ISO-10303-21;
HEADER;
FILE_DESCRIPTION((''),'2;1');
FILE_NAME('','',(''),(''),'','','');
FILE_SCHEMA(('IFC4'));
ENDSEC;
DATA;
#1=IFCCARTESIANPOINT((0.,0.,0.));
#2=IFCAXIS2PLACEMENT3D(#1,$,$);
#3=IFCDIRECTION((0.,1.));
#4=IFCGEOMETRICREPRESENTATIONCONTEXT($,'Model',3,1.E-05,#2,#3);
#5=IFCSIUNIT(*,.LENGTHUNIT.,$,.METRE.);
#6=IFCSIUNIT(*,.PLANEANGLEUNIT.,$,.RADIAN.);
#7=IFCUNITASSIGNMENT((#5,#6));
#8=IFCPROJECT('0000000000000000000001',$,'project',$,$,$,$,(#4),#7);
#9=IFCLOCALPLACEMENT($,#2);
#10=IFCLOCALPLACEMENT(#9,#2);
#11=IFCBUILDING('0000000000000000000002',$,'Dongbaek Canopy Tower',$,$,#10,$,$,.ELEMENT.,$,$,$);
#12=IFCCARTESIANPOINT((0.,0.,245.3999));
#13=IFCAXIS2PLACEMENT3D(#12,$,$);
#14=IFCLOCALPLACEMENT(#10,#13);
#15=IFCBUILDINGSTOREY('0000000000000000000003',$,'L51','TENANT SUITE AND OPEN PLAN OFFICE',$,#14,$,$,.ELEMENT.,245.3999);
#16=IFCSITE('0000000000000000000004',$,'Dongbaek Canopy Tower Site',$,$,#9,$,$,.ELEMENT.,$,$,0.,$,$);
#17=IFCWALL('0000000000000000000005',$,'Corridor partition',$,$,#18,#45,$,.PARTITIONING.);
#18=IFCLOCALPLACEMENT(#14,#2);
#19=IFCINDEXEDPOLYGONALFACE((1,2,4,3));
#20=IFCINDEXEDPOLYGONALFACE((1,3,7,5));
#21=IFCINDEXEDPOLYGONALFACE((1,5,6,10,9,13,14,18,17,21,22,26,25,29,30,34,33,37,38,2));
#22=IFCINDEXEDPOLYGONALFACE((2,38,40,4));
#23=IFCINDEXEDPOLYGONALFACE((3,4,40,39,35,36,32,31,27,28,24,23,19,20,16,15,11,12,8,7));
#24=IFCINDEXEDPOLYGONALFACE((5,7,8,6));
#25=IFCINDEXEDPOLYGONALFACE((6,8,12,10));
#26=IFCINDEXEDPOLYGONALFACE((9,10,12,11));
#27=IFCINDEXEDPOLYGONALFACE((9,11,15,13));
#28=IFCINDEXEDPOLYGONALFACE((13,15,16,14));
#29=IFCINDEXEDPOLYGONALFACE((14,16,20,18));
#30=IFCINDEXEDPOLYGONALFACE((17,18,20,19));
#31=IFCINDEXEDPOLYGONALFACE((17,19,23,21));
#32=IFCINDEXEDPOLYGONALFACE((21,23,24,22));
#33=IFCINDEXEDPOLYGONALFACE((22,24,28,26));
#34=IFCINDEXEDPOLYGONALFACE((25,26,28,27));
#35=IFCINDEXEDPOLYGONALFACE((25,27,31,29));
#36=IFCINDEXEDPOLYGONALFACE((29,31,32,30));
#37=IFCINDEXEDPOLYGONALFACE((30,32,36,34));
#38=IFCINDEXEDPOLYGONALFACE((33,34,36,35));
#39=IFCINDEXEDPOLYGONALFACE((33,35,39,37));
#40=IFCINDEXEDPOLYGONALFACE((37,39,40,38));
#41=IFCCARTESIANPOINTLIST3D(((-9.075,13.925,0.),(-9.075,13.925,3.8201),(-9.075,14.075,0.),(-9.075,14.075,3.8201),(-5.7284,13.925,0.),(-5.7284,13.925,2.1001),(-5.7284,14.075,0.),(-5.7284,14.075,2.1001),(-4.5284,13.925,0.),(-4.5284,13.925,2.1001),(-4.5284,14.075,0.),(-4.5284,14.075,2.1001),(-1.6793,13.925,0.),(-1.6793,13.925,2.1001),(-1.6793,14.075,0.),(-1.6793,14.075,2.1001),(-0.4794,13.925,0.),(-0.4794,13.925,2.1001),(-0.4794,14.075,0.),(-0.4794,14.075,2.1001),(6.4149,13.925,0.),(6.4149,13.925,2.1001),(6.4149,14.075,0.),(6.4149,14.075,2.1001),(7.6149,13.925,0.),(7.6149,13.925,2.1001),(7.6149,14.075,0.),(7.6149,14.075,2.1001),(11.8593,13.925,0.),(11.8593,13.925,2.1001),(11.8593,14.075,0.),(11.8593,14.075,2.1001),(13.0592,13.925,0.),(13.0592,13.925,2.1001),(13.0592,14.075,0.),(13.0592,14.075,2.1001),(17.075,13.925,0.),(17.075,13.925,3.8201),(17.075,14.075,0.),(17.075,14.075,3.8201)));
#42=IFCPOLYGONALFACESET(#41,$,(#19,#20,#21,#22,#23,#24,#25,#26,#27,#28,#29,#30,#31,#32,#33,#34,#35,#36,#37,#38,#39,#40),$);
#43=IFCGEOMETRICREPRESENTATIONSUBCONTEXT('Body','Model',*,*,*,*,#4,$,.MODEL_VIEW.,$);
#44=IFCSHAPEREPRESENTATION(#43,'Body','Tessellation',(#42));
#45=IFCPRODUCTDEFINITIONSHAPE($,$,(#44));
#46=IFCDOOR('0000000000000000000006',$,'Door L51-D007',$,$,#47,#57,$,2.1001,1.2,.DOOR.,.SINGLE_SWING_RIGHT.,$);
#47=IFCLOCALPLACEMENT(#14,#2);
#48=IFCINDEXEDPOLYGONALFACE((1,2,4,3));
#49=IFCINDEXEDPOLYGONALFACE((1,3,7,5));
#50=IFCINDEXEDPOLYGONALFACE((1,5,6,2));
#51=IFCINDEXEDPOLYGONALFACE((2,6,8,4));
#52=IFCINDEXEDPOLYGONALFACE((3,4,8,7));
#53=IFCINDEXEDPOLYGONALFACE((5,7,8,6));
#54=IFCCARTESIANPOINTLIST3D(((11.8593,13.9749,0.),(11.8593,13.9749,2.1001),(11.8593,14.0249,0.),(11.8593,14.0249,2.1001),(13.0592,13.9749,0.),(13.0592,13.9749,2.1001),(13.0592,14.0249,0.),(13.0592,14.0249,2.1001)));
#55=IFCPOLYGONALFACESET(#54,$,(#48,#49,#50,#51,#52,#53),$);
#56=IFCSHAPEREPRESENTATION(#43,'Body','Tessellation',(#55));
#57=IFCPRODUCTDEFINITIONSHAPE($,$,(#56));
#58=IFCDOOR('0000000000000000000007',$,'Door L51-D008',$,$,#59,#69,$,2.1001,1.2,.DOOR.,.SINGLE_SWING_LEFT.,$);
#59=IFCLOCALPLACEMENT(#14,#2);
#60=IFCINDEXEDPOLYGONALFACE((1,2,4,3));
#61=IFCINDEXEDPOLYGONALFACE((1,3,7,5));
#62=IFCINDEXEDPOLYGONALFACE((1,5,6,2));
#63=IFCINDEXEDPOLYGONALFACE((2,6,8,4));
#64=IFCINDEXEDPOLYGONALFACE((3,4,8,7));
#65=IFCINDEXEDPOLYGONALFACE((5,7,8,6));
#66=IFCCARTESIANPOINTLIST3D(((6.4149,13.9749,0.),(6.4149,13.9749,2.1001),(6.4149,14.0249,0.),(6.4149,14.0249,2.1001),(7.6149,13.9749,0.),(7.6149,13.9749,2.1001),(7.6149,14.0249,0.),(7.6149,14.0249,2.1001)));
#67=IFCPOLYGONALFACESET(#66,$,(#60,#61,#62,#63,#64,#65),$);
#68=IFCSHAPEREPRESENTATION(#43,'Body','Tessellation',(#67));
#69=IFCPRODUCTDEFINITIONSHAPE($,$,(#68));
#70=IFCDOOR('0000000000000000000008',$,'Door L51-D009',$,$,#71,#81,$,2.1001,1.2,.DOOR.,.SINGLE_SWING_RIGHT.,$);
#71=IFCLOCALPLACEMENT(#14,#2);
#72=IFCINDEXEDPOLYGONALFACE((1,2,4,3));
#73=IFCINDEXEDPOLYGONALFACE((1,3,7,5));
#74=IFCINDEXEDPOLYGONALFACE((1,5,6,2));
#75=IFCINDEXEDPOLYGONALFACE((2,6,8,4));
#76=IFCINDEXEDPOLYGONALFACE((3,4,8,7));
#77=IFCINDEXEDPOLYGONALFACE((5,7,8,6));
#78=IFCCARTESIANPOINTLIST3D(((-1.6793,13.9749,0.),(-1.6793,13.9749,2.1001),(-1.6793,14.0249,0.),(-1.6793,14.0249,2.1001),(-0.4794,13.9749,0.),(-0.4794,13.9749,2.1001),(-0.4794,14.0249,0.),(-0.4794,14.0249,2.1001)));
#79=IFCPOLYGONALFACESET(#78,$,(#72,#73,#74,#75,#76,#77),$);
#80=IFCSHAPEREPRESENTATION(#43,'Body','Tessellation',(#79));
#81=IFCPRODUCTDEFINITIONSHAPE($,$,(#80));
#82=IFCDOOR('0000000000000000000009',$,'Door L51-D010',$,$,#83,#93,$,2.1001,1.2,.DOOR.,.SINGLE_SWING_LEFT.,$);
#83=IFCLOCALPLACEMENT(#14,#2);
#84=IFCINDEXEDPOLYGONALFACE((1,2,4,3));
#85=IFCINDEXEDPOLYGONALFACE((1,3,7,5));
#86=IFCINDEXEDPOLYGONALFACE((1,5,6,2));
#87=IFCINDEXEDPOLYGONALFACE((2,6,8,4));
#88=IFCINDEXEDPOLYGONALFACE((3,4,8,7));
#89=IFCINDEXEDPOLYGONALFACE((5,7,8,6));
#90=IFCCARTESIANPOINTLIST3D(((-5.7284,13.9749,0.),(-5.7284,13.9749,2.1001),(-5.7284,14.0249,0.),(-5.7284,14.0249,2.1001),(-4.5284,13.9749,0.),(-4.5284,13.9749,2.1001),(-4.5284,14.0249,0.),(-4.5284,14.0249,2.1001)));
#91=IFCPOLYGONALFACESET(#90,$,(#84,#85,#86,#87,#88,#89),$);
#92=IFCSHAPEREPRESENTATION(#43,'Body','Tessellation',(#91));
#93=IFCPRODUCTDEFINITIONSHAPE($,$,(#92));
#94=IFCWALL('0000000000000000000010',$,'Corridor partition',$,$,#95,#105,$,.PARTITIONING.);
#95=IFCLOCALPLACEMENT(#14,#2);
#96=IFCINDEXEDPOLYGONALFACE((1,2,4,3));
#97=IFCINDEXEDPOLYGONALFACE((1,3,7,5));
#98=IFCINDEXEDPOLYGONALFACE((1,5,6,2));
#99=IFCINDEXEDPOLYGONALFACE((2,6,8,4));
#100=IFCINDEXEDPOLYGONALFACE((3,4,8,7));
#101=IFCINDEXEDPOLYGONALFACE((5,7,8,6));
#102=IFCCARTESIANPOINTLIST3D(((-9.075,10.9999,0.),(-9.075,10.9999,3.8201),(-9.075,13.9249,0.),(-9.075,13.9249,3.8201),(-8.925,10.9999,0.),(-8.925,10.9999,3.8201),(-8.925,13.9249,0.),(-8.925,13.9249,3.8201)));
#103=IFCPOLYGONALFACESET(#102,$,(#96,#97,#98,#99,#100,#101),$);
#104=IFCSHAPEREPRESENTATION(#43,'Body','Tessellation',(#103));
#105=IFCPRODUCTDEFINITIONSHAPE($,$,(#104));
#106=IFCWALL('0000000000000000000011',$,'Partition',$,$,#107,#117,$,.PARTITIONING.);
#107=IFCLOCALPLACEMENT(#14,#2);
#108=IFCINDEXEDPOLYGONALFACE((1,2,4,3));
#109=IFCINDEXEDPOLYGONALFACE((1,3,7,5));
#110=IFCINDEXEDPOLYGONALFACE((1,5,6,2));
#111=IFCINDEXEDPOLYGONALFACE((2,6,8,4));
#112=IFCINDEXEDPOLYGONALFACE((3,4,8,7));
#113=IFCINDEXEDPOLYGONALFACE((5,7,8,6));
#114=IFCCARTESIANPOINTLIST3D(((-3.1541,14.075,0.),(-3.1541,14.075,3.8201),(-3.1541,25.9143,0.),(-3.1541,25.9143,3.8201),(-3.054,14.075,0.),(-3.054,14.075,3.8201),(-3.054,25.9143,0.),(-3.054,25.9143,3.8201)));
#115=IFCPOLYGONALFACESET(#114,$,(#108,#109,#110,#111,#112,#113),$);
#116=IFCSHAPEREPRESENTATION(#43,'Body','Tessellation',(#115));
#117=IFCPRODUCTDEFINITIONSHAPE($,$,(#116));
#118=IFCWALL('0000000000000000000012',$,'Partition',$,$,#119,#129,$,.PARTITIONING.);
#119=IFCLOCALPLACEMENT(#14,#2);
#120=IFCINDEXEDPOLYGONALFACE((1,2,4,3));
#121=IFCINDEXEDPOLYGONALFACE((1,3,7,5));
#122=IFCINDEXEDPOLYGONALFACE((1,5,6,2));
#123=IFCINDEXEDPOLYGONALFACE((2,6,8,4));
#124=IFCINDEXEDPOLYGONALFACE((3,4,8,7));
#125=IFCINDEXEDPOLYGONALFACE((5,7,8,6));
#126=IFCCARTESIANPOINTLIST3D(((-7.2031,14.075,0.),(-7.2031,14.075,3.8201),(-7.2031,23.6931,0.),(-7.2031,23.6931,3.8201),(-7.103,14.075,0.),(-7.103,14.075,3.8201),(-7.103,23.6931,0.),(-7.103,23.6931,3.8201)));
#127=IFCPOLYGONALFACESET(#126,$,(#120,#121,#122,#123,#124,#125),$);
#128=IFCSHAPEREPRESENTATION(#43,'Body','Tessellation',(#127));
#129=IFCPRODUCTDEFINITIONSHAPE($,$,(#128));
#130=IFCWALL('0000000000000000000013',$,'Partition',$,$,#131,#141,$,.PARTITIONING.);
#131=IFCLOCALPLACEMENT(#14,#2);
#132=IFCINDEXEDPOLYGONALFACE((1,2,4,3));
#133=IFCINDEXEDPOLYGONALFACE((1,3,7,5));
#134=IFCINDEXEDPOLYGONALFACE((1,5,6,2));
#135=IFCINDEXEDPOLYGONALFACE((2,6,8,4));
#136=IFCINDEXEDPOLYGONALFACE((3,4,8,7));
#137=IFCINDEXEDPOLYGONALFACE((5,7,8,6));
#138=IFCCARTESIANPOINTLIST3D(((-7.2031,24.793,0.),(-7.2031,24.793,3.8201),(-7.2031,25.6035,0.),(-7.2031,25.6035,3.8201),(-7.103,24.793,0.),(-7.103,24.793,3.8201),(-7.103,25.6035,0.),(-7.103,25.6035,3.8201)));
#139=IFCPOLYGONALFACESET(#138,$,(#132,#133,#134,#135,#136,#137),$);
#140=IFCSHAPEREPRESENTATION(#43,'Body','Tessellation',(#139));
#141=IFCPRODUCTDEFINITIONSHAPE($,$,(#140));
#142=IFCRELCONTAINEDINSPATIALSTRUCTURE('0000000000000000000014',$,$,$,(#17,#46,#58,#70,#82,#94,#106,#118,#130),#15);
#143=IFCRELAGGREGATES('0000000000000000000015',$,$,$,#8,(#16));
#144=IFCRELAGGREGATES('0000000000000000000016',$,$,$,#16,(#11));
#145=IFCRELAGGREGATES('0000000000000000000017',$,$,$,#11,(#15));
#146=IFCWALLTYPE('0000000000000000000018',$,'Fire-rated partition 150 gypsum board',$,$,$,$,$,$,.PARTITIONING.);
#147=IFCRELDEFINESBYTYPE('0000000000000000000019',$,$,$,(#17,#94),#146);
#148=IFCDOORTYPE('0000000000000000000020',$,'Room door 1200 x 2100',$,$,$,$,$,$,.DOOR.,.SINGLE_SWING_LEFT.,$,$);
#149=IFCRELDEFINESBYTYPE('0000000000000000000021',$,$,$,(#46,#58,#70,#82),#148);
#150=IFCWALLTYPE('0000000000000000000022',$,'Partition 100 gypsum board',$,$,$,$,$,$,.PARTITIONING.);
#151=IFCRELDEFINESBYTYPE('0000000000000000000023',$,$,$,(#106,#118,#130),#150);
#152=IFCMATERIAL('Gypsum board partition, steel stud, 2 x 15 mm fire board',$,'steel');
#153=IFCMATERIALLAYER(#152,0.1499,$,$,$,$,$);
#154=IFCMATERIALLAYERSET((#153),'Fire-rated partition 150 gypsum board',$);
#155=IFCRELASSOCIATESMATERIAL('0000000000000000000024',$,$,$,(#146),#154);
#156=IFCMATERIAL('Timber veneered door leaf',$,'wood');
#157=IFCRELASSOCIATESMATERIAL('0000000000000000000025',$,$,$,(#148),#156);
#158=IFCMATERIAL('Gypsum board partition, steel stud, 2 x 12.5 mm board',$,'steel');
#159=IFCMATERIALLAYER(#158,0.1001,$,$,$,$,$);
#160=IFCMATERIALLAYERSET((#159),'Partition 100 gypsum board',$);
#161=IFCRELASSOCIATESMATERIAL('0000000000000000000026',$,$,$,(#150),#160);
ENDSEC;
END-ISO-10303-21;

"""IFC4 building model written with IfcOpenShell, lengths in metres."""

from ifc_helpers import new_model, si_unit, direction, frame, frame_2d, origin, place, context, subcontext, project, spatial, rectangle, extrude, material, layer, layer_set, type_object, element, fill, save


model = new_model("IFC4")

# Units and contexts
model_context = context("Model", 3, precision=1e-05, world=origin(), true_north=direction((0.0, 1.0)))
body_context = subcontext(model_context, "Body", "Model", "MODEL_VIEW")
ifc_project = project(units=[si_unit("LENGTHUNIT", "METRE"), si_unit("PLANEANGLEUNIT", "RADIAN")], contexts=[model_context])

# Site, building, storey
site_placement = place(None, origin())
site = spatial("IfcSite", under=ifc_project, at=site_placement, Name="Dongbaek Canopy Tower Site", CompositionType="ELEMENT", RefElevation=0.0)
building_placement = place(site_placement, origin())
building = spatial("IfcBuilding", under=site, at=building_placement, Name="Dongbaek Canopy Tower", CompositionType="ELEMENT")
storey_placement = place(building_placement, frame((0.0, 0.0, 245.3999)))
storey = spatial("IfcBuildingStorey", under=building, at=storey_placement, Name="L51", Description="TENANT SUITE AND OPEN PLAN OFFICE", CompositionType="ELEMENT", Elevation=245.3999)

# Wall, openings, doors
ifc_material_1 = material(Name="Gypsum board partition, steel stud, 2 x 15 mm fire board", Category="steel")
ifc_layer_1 = layer(ifc_material_1, 0.1499)
ifc_layer_set_1 = layer_set([ifc_layer_1], Name="Fire-rated partition 150 gypsum board")
wall_type_1 = type_object("IfcWallType", Name="Fire-rated partition 150 gypsum board", PredefinedType="PARTITIONING", material=ifc_layer_set_1)
wall_1_placement = place(storey_placement, frame((-9.075, 14.0, 0.0), z_axis=(0.0, 0.0, 1.0), x_axis=(1.0, 0.0, 0.0)))
wall_1 = element("IfcWall", 1, at=wall_1_placement, inside=storey, type_object=wall_type_1, Name="Corridor partition", PredefinedType="PARTITIONING", context=body_context, shape_type="SweptSolid", body=[
    extrude(rectangle(XDim=26.1499, YDim=0.1499, at=frame_2d((13.075, 0.0))), origin(), (0.0, 0.0, 1.0), 3.8201),
])
opening_1_placement = place(wall_1_placement, frame((20.9341, 0.0, 0.0)))
opening_1 = element("IfcOpeningElement", 2, at=opening_1_placement, cuts=wall_1, PredefinedType="OPENING", context=body_context, shape_type="SweptSolid", body=[
    extrude(rectangle(XDim=1.2, YDim=2.1001, at=frame_2d((0.6001, 1.05))), frame((0.0, 0.085, 0.0), z_axis=(0.0, -1.0, 0.0), x_axis=(1.0, 0.0, 0.0)), (0.0, 0.0, 1.0), 0.1699),
])
opening_2_placement = place(wall_1_placement, frame((15.4897, 0.0, 0.0)))
opening_2 = element("IfcOpeningElement", 3, at=opening_2_placement, cuts=wall_1, PredefinedType="OPENING", context=body_context, shape_type="SweptSolid", body=[
    extrude(rectangle(XDim=1.2, YDim=2.1001, at=frame_2d((0.6001, 1.05))), frame((0.0, 0.085, 0.0), z_axis=(0.0, -1.0, 0.0), x_axis=(1.0, 0.0, 0.0)), (0.0, 0.0, 1.0), 0.1699),
])
opening_3_placement = place(wall_1_placement, frame((7.3955, 0.0, 0.0)))
opening_3 = element("IfcOpeningElement", 4, at=opening_3_placement, cuts=wall_1, PredefinedType="OPENING", context=body_context, shape_type="SweptSolid", body=[
    extrude(rectangle(XDim=1.2, YDim=2.1001, at=frame_2d((0.6001, 1.05))), frame((0.0, 0.085, 0.0), z_axis=(0.0, -1.0, 0.0), x_axis=(1.0, 0.0, 0.0)), (0.0, 0.0, 1.0), 0.1699),
])
opening_4_placement = place(wall_1_placement, frame((3.3464, 0.0, 0.0)))
opening_4 = element("IfcOpeningElement", 5, at=opening_4_placement, cuts=wall_1, PredefinedType="OPENING", context=body_context, shape_type="SweptSolid", body=[
    extrude(rectangle(XDim=1.2, YDim=2.1001, at=frame_2d((0.6001, 1.05))), frame((0.0, 0.085, 0.0), z_axis=(0.0, -1.0, 0.0), x_axis=(1.0, 0.0, 0.0)), (0.0, 0.0, 1.0), 0.1699),
])
ifc_material_2 = material(Name="Timber veneered door leaf", Category="wood")
door_type_1 = type_object("IfcDoorType", Name="Room door 1200 x 2100", OperationType="SINGLE_SWING_LEFT", PredefinedType="DOOR", material=ifc_material_2)
door_1_placement = place(opening_1_placement, origin())
door_1 = element("IfcDoor", 6, at=door_1_placement, inside=storey, type_object=door_type_1, Name="Door L51-D007", OperationType="SINGLE_SWING_RIGHT", OverallHeight=2.1001, OverallWidth=1.2, PredefinedType="DOOR", context=body_context, shape_type="SweptSolid", body=[
    extrude(rectangle(XDim=1.2, YDim=2.1001, at=frame_2d((0.6001, 1.05))), frame((0.0, 0.0249, 0.0), z_axis=(0.0, -1.0, 0.0), x_axis=(1.0, 0.0, 0.0)), (0.0, 0.0, 1.0), 0.05),
])
fill(opening_1, door_1)
door_2_placement = place(opening_2_placement, origin())
door_2 = element("IfcDoor", 7, at=door_2_placement, inside=storey, type_object=door_type_1, Name="Door L51-D008", OperationType="SINGLE_SWING_LEFT", OverallHeight=2.1001, OverallWidth=1.2, PredefinedType="DOOR", context=body_context, shape_type="SweptSolid", body=[
    extrude(rectangle(XDim=1.2, YDim=2.1001, at=frame_2d((0.6001, 1.05))), frame((0.0, 0.0249, 0.0), z_axis=(0.0, -1.0, 0.0), x_axis=(1.0, 0.0, 0.0)), (0.0, 0.0, 1.0), 0.05),
])
fill(opening_2, door_2)
door_3_placement = place(opening_3_placement, origin())
door_3 = element("IfcDoor", 8, at=door_3_placement, inside=storey, type_object=door_type_1, Name="Door L51-D009", OperationType="SINGLE_SWING_RIGHT", OverallHeight=2.1001, OverallWidth=1.2, PredefinedType="DOOR", context=body_context, shape_type="SweptSolid", body=[
    extrude(rectangle(XDim=1.2, YDim=2.1001, at=frame_2d((0.6001, 1.05))), frame((0.0, 0.0249, 0.0), z_axis=(0.0, -1.0, 0.0), x_axis=(1.0, 0.0, 0.0)), (0.0, 0.0, 1.0), 0.05),
])
fill(opening_3, door_3)
door_4_placement = place(opening_4_placement, origin())
door_4 = element("IfcDoor", 9, at=door_4_placement, inside=storey, type_object=door_type_1, Name="Door L51-D010", OperationType="SINGLE_SWING_LEFT", OverallHeight=2.1001, OverallWidth=1.2, PredefinedType="DOOR", context=body_context, shape_type="SweptSolid", body=[
    extrude(rectangle(XDim=1.2, YDim=2.1001, at=frame_2d((0.6001, 1.05))), frame((0.0, 0.0249, 0.0), z_axis=(0.0, -1.0, 0.0), x_axis=(1.0, 0.0, 0.0)), (0.0, 0.0, 1.0), 0.05),
])
fill(opening_4, door_4)

# Walls
wall_2_placement = place(storey_placement, frame((-9.0, 11.0, 0.0), z_axis=(0.0, 0.0, 1.0), x_axis=(0.0, 1.0, 0.0)))
element("IfcWall", 10, at=wall_2_placement, inside=storey, type_object=wall_type_1, Name="Corridor partition", PredefinedType="PARTITIONING", context=body_context, shape_type="SweptSolid", body=[
    extrude(rectangle(XDim=2.925, YDim=0.1499, at=frame_2d((1.4624, 0.0))), origin(), (0.0, 0.0, 1.0), 3.8201),
])
ifc_material_3 = material(Name="Gypsum board partition, steel stud, 2 x 12.5 mm board", Category="steel")
ifc_layer_2 = layer(ifc_material_3, 0.1001)
ifc_layer_set_2 = layer_set([ifc_layer_2], Name="Partition 100 gypsum board")
wall_type_2 = type_object("IfcWallType", Name="Partition 100 gypsum board", PredefinedType="PARTITIONING", material=ifc_layer_set_2)
wall_3_placement = place(storey_placement, frame((-3.104, 14.075, 0.0), z_axis=(0.0, 0.0, 1.0), x_axis=(0.0, 1.0, 0.0)))
element("IfcWall", 11, at=wall_3_placement, inside=storey, type_object=wall_type_2, Name="Partition", PredefinedType="PARTITIONING", context=body_context, shape_type="SweptSolid", body=[
    extrude(rectangle(XDim=11.8394, YDim=0.1001, at=frame_2d((5.9197, 0.0))), origin(), (0.0, 0.0, 1.0), 3.8201),
])
wall_4_placement = place(storey_placement, frame((-7.1531, 14.075, 0.0), z_axis=(0.0, 0.0, 1.0), x_axis=(0.0, 1.0, 0.0)))
element("IfcWall", 12, at=wall_4_placement, inside=storey, type_object=wall_type_2, Name="Partition", PredefinedType="PARTITIONING", context=body_context, shape_type="SweptSolid", body=[
    extrude(rectangle(XDim=9.6182, YDim=0.1001, at=frame_2d((4.8091, 0.0))), origin(), (0.0, 0.0, 1.0), 3.8201),
])
wall_5_placement = place(storey_placement, frame((-7.1531, 24.793, 0.0), z_axis=(0.0, 0.0, 1.0), x_axis=(0.0, 1.0, 0.0)))
element("IfcWall", 13, at=wall_5_placement, inside=storey, type_object=wall_type_2, Name="Partition", PredefinedType="PARTITIONING", context=body_context, shape_type="SweptSolid", body=[
    extrude(rectangle(XDim=0.8105, YDim=0.1001, at=frame_2d((0.4053, 0.0))), origin(), (0.0, 0.0, 1.0), 3.8201),
])

save(model, "model.ifc")
